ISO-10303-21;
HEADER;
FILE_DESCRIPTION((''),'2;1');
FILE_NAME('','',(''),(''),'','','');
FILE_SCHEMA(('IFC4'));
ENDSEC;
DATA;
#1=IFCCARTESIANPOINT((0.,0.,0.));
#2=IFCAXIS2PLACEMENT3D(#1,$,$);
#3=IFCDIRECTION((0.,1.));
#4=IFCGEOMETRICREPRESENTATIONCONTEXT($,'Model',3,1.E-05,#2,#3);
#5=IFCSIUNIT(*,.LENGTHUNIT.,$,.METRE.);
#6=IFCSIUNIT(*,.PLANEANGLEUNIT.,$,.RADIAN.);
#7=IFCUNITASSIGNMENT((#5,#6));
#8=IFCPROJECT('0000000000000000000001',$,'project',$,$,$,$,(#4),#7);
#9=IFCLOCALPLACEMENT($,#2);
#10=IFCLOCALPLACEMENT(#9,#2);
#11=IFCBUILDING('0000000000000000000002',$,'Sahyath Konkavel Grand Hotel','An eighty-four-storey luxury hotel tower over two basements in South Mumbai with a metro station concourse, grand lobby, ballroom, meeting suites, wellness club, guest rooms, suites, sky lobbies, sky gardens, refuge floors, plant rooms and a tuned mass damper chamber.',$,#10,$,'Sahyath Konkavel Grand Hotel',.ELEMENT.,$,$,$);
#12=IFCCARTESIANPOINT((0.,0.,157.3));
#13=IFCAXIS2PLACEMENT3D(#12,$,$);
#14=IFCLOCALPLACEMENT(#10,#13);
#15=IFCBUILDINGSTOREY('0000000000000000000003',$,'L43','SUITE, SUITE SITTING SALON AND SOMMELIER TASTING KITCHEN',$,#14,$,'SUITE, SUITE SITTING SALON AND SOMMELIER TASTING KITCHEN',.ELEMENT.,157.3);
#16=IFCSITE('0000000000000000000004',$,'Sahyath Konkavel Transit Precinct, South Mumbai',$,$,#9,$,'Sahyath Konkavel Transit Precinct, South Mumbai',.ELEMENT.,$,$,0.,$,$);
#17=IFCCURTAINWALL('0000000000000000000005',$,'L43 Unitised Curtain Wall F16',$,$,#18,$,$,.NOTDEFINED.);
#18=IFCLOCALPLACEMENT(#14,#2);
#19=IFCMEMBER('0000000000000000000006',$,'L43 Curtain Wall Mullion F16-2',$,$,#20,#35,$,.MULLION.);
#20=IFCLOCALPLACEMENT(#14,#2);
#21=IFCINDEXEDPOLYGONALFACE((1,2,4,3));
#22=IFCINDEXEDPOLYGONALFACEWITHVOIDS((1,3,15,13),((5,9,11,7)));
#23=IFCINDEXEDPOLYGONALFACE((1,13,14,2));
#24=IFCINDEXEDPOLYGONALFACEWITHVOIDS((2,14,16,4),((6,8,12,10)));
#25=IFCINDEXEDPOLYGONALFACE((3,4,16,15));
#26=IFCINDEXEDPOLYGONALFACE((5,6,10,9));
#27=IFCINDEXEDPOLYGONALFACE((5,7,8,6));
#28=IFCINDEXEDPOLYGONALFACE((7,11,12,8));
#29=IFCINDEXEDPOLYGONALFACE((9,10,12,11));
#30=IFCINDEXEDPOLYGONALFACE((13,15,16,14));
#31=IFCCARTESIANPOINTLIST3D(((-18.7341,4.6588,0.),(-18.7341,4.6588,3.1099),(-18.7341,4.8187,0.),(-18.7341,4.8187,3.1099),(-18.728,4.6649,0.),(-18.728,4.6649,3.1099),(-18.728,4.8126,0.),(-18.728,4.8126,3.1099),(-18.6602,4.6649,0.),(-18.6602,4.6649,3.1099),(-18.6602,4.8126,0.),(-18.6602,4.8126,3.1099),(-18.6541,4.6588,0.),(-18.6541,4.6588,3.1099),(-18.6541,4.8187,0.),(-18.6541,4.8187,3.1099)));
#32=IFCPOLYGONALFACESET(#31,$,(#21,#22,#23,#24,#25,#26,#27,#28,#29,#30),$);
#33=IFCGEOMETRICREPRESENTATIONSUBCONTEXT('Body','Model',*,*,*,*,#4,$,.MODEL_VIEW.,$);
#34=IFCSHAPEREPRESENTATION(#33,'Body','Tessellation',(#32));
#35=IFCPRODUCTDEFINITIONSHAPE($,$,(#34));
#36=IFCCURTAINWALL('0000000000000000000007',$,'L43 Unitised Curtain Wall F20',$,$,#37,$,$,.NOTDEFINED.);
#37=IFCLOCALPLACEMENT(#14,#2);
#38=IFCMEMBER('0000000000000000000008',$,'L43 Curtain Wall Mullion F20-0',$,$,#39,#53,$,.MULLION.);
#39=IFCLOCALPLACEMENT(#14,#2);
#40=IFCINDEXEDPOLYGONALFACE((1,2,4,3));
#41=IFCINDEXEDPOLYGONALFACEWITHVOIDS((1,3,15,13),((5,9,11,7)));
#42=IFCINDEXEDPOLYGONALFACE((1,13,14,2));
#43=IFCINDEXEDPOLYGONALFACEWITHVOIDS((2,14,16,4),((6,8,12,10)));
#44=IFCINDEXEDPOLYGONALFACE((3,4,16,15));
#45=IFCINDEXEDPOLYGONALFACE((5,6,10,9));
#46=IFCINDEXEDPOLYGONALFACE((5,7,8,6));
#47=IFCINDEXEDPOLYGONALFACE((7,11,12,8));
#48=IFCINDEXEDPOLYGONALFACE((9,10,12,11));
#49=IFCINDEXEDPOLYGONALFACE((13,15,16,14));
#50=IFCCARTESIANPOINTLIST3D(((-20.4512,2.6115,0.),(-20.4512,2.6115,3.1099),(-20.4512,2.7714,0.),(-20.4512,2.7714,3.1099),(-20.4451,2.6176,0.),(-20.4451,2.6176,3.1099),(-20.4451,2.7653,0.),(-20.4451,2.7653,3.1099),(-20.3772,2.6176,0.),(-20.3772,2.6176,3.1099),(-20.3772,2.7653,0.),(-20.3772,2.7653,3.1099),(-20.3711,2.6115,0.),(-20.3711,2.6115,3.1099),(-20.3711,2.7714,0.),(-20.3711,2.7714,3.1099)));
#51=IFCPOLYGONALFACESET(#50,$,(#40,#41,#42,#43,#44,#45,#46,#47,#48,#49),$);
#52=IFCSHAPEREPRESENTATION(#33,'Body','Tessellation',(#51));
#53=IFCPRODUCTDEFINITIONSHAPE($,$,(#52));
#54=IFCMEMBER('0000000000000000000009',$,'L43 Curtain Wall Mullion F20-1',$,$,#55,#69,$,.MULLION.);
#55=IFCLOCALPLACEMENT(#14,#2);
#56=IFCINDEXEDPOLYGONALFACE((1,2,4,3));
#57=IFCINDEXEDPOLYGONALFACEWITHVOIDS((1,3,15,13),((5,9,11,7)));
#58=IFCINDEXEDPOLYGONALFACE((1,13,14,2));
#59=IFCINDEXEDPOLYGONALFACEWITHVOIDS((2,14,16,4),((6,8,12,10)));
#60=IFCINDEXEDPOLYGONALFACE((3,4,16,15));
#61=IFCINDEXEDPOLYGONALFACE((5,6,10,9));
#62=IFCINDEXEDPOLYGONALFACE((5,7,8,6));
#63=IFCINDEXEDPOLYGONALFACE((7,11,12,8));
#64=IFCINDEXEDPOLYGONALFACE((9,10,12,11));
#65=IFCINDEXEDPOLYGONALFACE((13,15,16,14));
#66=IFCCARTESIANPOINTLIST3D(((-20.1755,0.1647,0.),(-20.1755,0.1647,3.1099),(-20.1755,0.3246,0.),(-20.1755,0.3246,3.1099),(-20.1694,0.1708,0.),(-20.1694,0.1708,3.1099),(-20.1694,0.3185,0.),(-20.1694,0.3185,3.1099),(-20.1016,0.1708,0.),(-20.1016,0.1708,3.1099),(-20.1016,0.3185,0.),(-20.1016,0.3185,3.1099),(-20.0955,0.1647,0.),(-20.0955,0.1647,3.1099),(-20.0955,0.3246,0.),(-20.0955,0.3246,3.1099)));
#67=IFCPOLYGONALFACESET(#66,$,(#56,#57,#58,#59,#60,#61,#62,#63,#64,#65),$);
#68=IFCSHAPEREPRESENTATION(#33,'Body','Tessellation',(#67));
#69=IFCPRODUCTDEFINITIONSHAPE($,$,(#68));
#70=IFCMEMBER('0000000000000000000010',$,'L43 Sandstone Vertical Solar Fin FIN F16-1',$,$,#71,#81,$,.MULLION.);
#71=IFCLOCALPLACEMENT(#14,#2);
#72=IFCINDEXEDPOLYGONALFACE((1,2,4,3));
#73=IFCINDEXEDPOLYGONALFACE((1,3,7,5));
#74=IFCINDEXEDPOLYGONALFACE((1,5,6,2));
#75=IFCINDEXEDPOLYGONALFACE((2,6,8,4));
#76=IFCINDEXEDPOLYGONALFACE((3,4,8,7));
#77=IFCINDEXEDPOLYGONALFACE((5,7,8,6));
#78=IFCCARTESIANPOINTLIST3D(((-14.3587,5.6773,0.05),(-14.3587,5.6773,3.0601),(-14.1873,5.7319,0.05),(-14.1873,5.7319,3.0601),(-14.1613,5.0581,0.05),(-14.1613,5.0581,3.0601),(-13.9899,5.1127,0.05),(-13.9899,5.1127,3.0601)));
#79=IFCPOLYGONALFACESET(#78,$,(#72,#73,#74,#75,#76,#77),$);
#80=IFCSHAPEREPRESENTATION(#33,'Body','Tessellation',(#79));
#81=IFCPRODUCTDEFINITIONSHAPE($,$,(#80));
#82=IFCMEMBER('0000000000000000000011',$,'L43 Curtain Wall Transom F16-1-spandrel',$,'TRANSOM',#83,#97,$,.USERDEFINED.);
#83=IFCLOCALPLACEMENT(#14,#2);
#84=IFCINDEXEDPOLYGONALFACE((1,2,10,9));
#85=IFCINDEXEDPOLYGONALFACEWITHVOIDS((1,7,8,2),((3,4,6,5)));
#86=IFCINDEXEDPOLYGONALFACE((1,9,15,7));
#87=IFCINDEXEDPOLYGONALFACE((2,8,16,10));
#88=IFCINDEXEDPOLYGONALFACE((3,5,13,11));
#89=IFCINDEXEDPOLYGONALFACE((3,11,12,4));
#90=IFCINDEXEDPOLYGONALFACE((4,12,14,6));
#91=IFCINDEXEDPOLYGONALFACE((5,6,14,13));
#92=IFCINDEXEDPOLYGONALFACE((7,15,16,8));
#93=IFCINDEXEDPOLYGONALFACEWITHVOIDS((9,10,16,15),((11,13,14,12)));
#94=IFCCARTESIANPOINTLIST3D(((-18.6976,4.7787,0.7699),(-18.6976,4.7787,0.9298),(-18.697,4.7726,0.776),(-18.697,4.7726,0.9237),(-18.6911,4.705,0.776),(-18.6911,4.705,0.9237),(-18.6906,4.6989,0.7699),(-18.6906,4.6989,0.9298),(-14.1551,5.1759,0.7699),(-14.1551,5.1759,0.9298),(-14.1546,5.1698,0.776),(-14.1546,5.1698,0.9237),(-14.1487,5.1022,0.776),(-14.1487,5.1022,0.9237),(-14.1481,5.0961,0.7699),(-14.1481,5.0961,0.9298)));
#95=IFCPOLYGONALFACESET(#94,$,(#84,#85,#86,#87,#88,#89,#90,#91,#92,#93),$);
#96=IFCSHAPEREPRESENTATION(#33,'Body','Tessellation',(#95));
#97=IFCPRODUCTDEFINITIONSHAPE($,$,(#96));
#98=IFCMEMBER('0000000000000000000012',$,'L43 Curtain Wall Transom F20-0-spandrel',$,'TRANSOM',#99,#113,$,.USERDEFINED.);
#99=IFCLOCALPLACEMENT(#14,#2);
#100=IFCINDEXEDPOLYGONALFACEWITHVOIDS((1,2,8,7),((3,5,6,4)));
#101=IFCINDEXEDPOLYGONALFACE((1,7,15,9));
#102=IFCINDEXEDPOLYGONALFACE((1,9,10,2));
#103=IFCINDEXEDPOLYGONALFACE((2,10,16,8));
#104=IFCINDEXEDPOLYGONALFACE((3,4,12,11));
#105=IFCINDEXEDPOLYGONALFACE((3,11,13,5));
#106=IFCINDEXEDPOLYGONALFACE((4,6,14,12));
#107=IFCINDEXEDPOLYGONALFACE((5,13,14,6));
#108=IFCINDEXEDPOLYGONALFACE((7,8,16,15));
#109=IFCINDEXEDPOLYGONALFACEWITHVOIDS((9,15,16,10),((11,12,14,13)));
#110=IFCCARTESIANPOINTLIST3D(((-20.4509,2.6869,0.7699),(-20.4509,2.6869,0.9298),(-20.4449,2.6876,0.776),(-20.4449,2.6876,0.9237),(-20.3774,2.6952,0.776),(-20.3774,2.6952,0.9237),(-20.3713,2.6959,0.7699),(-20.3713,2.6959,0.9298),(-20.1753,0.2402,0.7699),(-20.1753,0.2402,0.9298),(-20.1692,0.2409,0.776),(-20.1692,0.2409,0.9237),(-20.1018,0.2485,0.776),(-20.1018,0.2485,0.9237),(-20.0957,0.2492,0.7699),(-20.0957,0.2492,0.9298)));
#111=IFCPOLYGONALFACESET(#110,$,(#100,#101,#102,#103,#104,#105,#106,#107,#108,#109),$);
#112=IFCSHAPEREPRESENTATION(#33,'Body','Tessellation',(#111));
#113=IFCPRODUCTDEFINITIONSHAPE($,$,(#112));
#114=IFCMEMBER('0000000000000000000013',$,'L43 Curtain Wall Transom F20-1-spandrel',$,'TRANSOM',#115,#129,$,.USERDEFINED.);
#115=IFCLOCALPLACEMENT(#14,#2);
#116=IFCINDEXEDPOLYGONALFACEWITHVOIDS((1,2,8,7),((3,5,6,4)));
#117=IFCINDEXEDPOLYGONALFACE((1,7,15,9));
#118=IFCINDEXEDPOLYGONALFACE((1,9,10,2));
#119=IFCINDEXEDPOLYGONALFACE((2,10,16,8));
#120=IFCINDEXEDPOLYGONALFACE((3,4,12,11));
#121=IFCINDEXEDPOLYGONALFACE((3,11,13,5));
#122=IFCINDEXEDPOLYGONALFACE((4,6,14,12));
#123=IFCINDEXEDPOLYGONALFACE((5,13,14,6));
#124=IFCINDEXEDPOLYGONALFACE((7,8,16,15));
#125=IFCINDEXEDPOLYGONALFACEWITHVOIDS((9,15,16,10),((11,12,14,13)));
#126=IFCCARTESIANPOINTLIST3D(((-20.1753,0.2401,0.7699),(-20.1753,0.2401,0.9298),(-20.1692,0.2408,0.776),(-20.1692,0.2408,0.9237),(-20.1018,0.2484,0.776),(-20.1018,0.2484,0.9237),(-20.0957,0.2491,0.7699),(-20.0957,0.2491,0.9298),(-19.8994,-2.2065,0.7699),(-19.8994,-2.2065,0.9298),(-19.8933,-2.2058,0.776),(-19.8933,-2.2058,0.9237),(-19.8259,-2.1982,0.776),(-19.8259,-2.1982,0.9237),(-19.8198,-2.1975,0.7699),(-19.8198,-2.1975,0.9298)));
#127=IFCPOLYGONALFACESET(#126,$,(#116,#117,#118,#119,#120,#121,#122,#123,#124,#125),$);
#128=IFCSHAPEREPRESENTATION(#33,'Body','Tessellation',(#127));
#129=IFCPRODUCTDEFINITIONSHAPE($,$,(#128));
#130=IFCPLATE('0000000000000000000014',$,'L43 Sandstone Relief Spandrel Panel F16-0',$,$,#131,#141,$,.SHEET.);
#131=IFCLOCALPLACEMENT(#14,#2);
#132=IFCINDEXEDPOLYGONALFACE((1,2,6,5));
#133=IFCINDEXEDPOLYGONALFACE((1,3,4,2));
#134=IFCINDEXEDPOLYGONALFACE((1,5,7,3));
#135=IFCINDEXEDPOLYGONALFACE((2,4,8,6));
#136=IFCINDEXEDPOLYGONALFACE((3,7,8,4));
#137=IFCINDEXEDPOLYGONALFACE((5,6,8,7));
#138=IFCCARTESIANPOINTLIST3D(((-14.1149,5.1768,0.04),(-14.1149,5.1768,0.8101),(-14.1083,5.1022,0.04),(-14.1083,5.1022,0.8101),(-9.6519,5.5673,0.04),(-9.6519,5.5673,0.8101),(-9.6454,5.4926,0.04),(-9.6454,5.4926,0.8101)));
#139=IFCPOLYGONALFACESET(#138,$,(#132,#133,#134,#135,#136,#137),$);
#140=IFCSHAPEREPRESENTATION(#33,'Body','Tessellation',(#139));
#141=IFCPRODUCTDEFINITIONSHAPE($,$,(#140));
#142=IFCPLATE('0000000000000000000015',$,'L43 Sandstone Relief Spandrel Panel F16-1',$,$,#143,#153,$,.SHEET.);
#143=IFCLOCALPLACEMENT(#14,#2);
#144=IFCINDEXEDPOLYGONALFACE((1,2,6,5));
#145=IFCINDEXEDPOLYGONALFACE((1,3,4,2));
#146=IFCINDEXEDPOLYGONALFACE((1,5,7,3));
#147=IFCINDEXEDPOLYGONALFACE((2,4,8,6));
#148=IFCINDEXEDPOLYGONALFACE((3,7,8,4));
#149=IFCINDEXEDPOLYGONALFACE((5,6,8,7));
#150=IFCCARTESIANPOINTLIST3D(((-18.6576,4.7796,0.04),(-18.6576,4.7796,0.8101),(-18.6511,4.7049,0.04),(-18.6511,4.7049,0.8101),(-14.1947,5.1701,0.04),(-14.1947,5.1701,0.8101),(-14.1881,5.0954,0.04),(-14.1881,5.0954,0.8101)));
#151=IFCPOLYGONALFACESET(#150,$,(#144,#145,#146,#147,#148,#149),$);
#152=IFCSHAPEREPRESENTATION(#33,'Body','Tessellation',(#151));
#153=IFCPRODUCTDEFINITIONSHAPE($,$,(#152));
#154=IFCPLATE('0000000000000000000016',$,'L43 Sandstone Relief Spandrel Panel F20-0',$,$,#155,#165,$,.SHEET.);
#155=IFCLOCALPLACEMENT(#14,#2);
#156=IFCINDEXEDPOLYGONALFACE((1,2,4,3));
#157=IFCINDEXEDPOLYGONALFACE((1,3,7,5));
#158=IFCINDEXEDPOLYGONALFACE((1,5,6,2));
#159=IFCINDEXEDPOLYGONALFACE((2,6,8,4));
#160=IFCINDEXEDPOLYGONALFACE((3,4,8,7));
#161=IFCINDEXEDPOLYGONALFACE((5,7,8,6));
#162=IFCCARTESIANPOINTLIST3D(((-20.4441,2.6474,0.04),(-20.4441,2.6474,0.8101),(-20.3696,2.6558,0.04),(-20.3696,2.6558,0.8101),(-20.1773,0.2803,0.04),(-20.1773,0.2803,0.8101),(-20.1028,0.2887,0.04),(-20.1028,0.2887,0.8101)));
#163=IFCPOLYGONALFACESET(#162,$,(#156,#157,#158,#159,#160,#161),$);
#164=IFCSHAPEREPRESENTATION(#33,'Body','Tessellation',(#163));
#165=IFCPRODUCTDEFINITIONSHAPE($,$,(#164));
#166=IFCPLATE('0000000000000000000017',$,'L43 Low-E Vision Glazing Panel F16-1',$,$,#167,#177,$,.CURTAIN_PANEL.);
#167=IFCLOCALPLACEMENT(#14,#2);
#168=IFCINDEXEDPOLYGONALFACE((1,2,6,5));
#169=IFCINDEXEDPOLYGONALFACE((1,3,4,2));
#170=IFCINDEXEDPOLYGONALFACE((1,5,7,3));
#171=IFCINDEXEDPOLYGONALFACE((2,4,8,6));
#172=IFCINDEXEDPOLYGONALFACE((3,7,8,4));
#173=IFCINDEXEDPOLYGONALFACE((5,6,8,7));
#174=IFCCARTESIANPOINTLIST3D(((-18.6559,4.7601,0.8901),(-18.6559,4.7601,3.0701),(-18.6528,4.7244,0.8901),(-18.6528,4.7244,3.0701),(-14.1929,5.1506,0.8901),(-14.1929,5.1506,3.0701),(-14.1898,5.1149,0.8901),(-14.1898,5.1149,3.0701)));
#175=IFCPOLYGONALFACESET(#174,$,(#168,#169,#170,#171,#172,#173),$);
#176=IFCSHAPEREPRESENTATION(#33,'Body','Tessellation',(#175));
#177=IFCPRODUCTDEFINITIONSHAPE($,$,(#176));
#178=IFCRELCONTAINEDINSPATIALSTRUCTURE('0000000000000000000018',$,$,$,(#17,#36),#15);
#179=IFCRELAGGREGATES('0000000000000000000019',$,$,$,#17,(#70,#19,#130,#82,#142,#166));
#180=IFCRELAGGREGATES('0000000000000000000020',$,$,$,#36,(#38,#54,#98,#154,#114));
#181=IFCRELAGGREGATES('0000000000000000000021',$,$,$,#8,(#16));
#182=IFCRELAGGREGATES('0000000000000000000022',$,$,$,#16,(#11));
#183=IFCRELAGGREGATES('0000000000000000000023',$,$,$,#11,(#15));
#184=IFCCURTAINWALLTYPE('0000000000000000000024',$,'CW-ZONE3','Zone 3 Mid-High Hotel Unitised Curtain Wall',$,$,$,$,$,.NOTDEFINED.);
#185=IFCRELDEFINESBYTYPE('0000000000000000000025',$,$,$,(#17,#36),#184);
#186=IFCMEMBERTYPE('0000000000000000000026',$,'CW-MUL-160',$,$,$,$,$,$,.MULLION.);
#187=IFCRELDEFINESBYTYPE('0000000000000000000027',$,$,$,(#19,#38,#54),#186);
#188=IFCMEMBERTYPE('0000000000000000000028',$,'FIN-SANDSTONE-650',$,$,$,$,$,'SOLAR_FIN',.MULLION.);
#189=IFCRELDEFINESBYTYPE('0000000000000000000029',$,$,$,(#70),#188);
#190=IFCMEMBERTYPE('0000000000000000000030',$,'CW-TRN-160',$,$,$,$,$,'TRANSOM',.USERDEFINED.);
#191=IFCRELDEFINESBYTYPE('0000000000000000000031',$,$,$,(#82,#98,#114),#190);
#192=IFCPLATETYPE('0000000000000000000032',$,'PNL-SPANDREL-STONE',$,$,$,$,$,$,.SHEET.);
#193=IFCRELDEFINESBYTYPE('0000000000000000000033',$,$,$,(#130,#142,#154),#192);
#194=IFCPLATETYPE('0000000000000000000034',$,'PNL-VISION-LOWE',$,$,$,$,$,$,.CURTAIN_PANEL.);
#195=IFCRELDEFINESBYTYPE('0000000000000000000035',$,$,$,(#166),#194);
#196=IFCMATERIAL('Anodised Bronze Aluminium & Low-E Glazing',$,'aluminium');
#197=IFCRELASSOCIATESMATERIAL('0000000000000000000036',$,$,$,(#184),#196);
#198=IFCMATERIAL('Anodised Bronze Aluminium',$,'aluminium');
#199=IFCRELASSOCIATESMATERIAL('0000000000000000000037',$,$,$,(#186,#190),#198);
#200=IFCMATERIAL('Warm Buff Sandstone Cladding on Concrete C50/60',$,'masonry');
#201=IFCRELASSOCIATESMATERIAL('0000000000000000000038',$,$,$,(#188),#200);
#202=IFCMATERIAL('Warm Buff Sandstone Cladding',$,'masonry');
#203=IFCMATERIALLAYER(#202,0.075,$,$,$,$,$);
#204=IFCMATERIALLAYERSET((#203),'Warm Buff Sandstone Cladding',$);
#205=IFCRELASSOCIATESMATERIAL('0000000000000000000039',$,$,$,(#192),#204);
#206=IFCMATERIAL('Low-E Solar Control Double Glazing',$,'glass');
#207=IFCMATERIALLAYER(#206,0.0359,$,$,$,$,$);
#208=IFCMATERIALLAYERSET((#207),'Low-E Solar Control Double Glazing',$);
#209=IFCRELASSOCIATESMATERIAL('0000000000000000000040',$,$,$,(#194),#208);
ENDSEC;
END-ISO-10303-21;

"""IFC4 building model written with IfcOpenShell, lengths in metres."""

from ifc_helpers import new_model, si_unit, direction, frame, origin, origin_2d, place, context, subcontext, project, spatial, rectangle, hollow_rectangle, extrude, source, transform, mapped, material, layer, layer_set, material_profile, profile_set, type_object, element, aggregate, save


model = new_model("IFC4")

# Units and contexts
model_context = context("Model", 3, precision=1e-05, world=origin(), true_north=direction((0.0, 1.0)))
body_context = subcontext(model_context, "Body", "Model", "MODEL_VIEW")
ifc_project = project(units=[si_unit("LENGTHUNIT", "METRE"), si_unit("PLANEANGLEUNIT", "RADIAN")], contexts=[model_context])

# Site, building, storey
site_placement = place(None, origin())
site = spatial("IfcSite", under=ifc_project, at=site_placement, Name="Sahyath Konkavel Transit Precinct, South Mumbai", LongName="Sahyath Konkavel Transit Precinct, South Mumbai", CompositionType="ELEMENT", RefElevation=0.0)
building_placement = place(site_placement, origin())
building = spatial("IfcBuilding", under=site, at=building_placement, Name="Sahyath Konkavel Grand Hotel", Description="An eighty-four-storey luxury hotel tower over two basements in South Mumbai with a metro station concourse, grand lobby, ballroom, meeting suites, wellness club, guest rooms, suites, sky lobbies, sky gardens, refuge floors, plant rooms and a tuned mass damper chamber.", LongName="Sahyath Konkavel Grand Hotel", CompositionType="ELEMENT")
storey_placement = place(building_placement, frame((0.0, 0.0, 157.3)))
storey = spatial("IfcBuildingStorey", under=building, at=storey_placement, Name="L43", Description="SUITE, SUITE SITTING SALON AND SOMMELIER TASTING KITCHEN", LongName="SUITE, SUITE SITTING SALON AND SOMMELIER TASTING KITCHEN", CompositionType="ELEMENT", Elevation=157.3)

# Curtain walls, members
ifc_material_1 = material(Name="Anodised Bronze Aluminium & Low-E Glazing", Category="aluminium")
curtain_wall_type = type_object("IfcCurtainWallType", Name="CW-ZONE3", Description="Zone 3 Mid-High Hotel Unitised Curtain Wall", PredefinedType="NOTDEFINED", material=ifc_material_1)
curtain_wall_1_placement = place(storey_placement, origin())
curtain_wall_1 = element("IfcCurtainWall", 1, at=curtain_wall_1_placement, inside=storey, type_object=curtain_wall_type, Name="L43 Unitised Curtain Wall F16", PredefinedType="NOTDEFINED")
ifc_material_2 = material(Name="Anodised Bronze Aluminium", Category="aluminium")
ifc_material_profile_1 = material_profile(ifc_material_2, hollow_rectangle(XDim=0.0801, YDim=0.1599, WallThickness=0.0061, at=origin_2d()), Name="RHS 160x80x6")
ifc_profile_set_1 = profile_set([ifc_material_profile_1], Name="Anodised Bronze Aluminium")
member_type_1 = type_object("IfcMemberType", Name="CW-MUL-160", PredefinedType="MULLION", material=ifc_profile_set_1)
shared_shape_1 = source(origin(), body_context, "Body", "SweptSolid", [
    extrude(hollow_rectangle(XDim=0.0801, YDim=0.1599, WallThickness=0.0061, at=origin_2d()), origin(), (0.0, 0.0, 1.0), 3.1099),
])
member_1_placement = place(storey_placement, frame((-18.6941, 4.7388, 0.0), z_axis=(0.0, 0.0, 1.0), x_axis=(1.0, 0.0, 0.0)))
member_1 = element("IfcMember", 2, at=member_1_placement, type_object=member_type_1, Name="L43 Curtain Wall Mullion F16-2", PredefinedType="MULLION", context=body_context, shape_type="MappedRepresentation", body=[
    mapped(shared_shape_1, transform((0.0, 0.0, 0.0), scale=1.0)),
])
curtain_wall_2_placement = place(storey_placement, origin())
curtain_wall_2 = element("IfcCurtainWall", 3, at=curtain_wall_2_placement, inside=storey, type_object=curtain_wall_type, Name="L43 Unitised Curtain Wall F20", PredefinedType="NOTDEFINED")
member_2_placement = place(storey_placement, frame((-20.4111, 2.6914, 0.0), z_axis=(0.0, 0.0, 1.0), x_axis=(1.0, 0.0, 0.0)))
member_2 = element("IfcMember", 4, at=member_2_placement, type_object=member_type_1, Name="L43 Curtain Wall Mullion F20-0", PredefinedType="MULLION", context=body_context, shape_type="MappedRepresentation", body=[
    mapped(shared_shape_1, transform((0.0, 0.0, 0.0), scale=1.0)),
])
member_3_placement = place(storey_placement, frame((-20.1355, 0.2446, 0.0), z_axis=(0.0, 0.0, 1.0), x_axis=(1.0, 0.0, 0.0)))
member_3 = element("IfcMember", 5, at=member_3_placement, type_object=member_type_1, Name="L43 Curtain Wall Mullion F20-1", PredefinedType="MULLION", context=body_context, shape_type="MappedRepresentation", body=[
    mapped(shared_shape_1, transform((0.0, 0.0, 0.0), scale=1.0)),
])

# Members
ifc_material_3 = material(Name="Warm Buff Sandstone Cladding on Concrete C50/60", Category="masonry")
ifc_material_profile_2 = material_profile(ifc_material_3, rectangle(XDim=0.1799, YDim=0.6499, at=origin_2d()), Name="FIN 180x650")
ifc_profile_set_2 = profile_set([ifc_material_profile_2], Name="Warm Buff Sandstone Cladding on Concrete C50/60")
member_type_2 = type_object("IfcMemberType", Name="FIN-SANDSTONE-650", ElementType="SOLAR_FIN", PredefinedType="MULLION", material=ifc_profile_set_2)
shared_shape_2 = source(origin(), body_context, "Body", "SweptSolid", [
    extrude(rectangle(XDim=0.1799, YDim=0.6499, at=origin_2d()), origin(), (0.0, 0.0, 1.0), 3.01),
])
member_4_placement = place(storey_placement, frame((-14.1743, 5.395, 0.05), z_axis=(0.0, 0.0, 1.0), x_axis=(0.952768, 0.303701, 0.0)))
member_4 = element("IfcMember", 6, at=member_4_placement, type_object=member_type_2, Name="L43 Sandstone Vertical Solar Fin FIN F16-1", PredefinedType="MULLION", context=body_context, shape_type="MappedRepresentation", body=[
    mapped(shared_shape_2, transform((0.0, 0.0, 0.0), scale=1.0)),
])
ifc_material_profile_3 = material_profile(ifc_material_2, hollow_rectangle(XDim=0.0801, YDim=0.1599, WallThickness=0.0061, at=origin_2d()), Name="RHS 160x80x6")
ifc_profile_set_3 = profile_set([ifc_material_profile_3], Name="Anodised Bronze Aluminium")
member_type_3 = type_object("IfcMemberType", Name="CW-TRN-160", ElementType="TRANSOM", PredefinedType="USERDEFINED", material=ifc_profile_set_3)
shared_shape_3 = source(origin(), body_context, "Body", "SweptSolid", [
    extrude(hollow_rectangle(XDim=0.0801, YDim=0.1599, WallThickness=0.0061, at=origin_2d()), origin(), (0.0, 0.0, 1.0), 4.5598),
])
member_5_placement = place(storey_placement, frame((-14.1516, 5.136, 0.8499), z_axis=(-0.996198, -0.087112, 0.0), x_axis=(0.087112, -0.996198, 0.0)))
member_5 = element("IfcMember", 7, at=member_5_placement, type_object=member_type_3, Name="L43 Curtain Wall Transom F16-1-spandrel", ObjectType="TRANSOM", PredefinedType="USERDEFINED", context=body_context, shape_type="MappedRepresentation", body=[
    mapped(shared_shape_3, transform((0.0, 0.0, 0.0), scale=1.0)),
])
shared_shape_4 = source(origin(), body_context, "Body", "SweptSolid", [
    extrude(hollow_rectangle(XDim=0.0801, YDim=0.1599, WallThickness=0.0061, at=origin_2d()), origin(), (0.0, 0.0, 1.0), 2.4622),
])
member_6_placement = place(storey_placement, frame((-20.4111, 2.6914, 0.8499), z_axis=(0.111944, -0.993715, 0.0), x_axis=(0.993715, 0.111944, 0.0)))
member_6 = element("IfcMember", 8, at=member_6_placement, type_object=member_type_3, Name="L43 Curtain Wall Transom F20-0-spandrel", ObjectType="TRANSOM", PredefinedType="USERDEFINED", context=body_context, shape_type="MappedRepresentation", body=[
    mapped(shared_shape_4, transform((0.0, 0.0, 0.0), scale=1.0)),
])
member_7_placement = place(storey_placement, frame((-20.1355, 0.2446, 0.8499), z_axis=(0.112053, -0.993702, 0.0), x_axis=(0.993702, 0.112053, 0.0)))
member_7 = element("IfcMember", 9, at=member_7_placement, type_object=member_type_3, Name="L43 Curtain Wall Transom F20-1-spandrel", ObjectType="TRANSOM", PredefinedType="USERDEFINED", context=body_context, shape_type="MappedRepresentation", body=[
    mapped(shared_shape_4, transform((0.0, 0.0, 0.0), scale=1.0)),
])

# Plates
ifc_material_4 = material(Name="Warm Buff Sandstone Cladding", Category="masonry")
ifc_layer_1 = layer(ifc_material_4, 0.075)
ifc_layer_set_1 = layer_set([ifc_layer_1], Name="Warm Buff Sandstone Cladding")
plate_type_1 = type_object("IfcPlateType", Name="PNL-SPANDREL-STONE", PredefinedType="SHEET", material=ifc_layer_set_1)
shared_shape_5 = source(origin(), body_context, "Body", "SweptSolid", [
    extrude(rectangle(XDim=4.48, YDim=0.075, at=origin_2d()), origin(), (0.0, 0.0, 1.0), 0.77),
])
plate_1_placement = place(storey_placement, frame((-11.8801, 5.3347, 0.04), z_axis=(0.0, 0.0, 1.0), x_axis=(-0.996195, -0.087156, 0.0)))
plate_1 = element("IfcPlate", 10, at=plate_1_placement, type_object=plate_type_1, Name="L43 Sandstone Relief Spandrel Panel F16-0", PredefinedType="SHEET", context=body_context, shape_type="MappedRepresentation", body=[
    mapped(shared_shape_5, transform((0.0, 0.0, 0.0), scale=1.0)),
])
plate_2_placement = place(storey_placement, frame((-16.4229, 4.9375, 0.04), z_axis=(0.0, 0.0, 1.0), x_axis=(-0.996195, -0.087156, 0.0)))
plate_2 = element("IfcPlate", 11, at=plate_2_placement, type_object=plate_type_1, Name="L43 Sandstone Relief Spandrel Panel F16-1", PredefinedType="SHEET", context=body_context, shape_type="MappedRepresentation", body=[
    mapped(shared_shape_5, transform((0.0, 0.0, 0.0), scale=1.0)),
])
shared_shape_6 = source(origin(), body_context, "Body", "SweptSolid", [
    extrude(rectangle(XDim=2.3821, YDim=0.075, at=origin_2d()), origin(), (0.0, 0.0, 1.0), 0.77),
])
plate_3_placement = place(storey_placement, frame((-20.2734, 1.468, 0.04), z_axis=(0.0, 0.0, 1.0), x_axis=(0.111989, -0.993709, 0.0)))
plate_3 = element("IfcPlate", 12, at=plate_3_placement, type_object=plate_type_1, Name="L43 Sandstone Relief Spandrel Panel F20-0", PredefinedType="SHEET", context=body_context, shape_type="MappedRepresentation", body=[
    mapped(shared_shape_6, transform((0.0, 0.0, 0.0), scale=1.0)),
])
ifc_material_5 = material(Name="Low-E Solar Control Double Glazing", Category="glass")
ifc_layer_2 = layer(ifc_material_5, 0.0359)
ifc_layer_set_2 = layer_set([ifc_layer_2], Name="Low-E Solar Control Double Glazing")
plate_type_2 = type_object("IfcPlateType", Name="PNL-VISION-LOWE", PredefinedType="CURTAIN_PANEL", material=ifc_layer_set_2)
shared_shape_7 = source(origin(), body_context, "Body", "SweptSolid", [
    extrude(rectangle(XDim=4.48, YDim=0.0359, at=origin_2d()), origin(), (0.0, 0.0, 1.0), 2.1799),
])
plate_4_placement = place(storey_placement, frame((-16.4229, 4.9375, 0.8901), z_axis=(0.0, 0.0, 1.0), x_axis=(-0.996195, -0.087156, 0.0)))
plate_4 = element("IfcPlate", 13, at=plate_4_placement, type_object=plate_type_2, Name="L43 Low-E Vision Glazing Panel F16-1", PredefinedType="CURTAIN_PANEL", context=body_context, shape_type="MappedRepresentation", body=[
    mapped(shared_shape_7, transform((0.0, 0.0, 0.0), scale=1.0)),
])
aggregate(curtain_wall_1, [member_4, member_1, plate_1, member_5, plate_2, plate_4])
aggregate(curtain_wall_2, [member_2, member_3, member_6, plate_3, member_7])

save(model, "model.ifc")
